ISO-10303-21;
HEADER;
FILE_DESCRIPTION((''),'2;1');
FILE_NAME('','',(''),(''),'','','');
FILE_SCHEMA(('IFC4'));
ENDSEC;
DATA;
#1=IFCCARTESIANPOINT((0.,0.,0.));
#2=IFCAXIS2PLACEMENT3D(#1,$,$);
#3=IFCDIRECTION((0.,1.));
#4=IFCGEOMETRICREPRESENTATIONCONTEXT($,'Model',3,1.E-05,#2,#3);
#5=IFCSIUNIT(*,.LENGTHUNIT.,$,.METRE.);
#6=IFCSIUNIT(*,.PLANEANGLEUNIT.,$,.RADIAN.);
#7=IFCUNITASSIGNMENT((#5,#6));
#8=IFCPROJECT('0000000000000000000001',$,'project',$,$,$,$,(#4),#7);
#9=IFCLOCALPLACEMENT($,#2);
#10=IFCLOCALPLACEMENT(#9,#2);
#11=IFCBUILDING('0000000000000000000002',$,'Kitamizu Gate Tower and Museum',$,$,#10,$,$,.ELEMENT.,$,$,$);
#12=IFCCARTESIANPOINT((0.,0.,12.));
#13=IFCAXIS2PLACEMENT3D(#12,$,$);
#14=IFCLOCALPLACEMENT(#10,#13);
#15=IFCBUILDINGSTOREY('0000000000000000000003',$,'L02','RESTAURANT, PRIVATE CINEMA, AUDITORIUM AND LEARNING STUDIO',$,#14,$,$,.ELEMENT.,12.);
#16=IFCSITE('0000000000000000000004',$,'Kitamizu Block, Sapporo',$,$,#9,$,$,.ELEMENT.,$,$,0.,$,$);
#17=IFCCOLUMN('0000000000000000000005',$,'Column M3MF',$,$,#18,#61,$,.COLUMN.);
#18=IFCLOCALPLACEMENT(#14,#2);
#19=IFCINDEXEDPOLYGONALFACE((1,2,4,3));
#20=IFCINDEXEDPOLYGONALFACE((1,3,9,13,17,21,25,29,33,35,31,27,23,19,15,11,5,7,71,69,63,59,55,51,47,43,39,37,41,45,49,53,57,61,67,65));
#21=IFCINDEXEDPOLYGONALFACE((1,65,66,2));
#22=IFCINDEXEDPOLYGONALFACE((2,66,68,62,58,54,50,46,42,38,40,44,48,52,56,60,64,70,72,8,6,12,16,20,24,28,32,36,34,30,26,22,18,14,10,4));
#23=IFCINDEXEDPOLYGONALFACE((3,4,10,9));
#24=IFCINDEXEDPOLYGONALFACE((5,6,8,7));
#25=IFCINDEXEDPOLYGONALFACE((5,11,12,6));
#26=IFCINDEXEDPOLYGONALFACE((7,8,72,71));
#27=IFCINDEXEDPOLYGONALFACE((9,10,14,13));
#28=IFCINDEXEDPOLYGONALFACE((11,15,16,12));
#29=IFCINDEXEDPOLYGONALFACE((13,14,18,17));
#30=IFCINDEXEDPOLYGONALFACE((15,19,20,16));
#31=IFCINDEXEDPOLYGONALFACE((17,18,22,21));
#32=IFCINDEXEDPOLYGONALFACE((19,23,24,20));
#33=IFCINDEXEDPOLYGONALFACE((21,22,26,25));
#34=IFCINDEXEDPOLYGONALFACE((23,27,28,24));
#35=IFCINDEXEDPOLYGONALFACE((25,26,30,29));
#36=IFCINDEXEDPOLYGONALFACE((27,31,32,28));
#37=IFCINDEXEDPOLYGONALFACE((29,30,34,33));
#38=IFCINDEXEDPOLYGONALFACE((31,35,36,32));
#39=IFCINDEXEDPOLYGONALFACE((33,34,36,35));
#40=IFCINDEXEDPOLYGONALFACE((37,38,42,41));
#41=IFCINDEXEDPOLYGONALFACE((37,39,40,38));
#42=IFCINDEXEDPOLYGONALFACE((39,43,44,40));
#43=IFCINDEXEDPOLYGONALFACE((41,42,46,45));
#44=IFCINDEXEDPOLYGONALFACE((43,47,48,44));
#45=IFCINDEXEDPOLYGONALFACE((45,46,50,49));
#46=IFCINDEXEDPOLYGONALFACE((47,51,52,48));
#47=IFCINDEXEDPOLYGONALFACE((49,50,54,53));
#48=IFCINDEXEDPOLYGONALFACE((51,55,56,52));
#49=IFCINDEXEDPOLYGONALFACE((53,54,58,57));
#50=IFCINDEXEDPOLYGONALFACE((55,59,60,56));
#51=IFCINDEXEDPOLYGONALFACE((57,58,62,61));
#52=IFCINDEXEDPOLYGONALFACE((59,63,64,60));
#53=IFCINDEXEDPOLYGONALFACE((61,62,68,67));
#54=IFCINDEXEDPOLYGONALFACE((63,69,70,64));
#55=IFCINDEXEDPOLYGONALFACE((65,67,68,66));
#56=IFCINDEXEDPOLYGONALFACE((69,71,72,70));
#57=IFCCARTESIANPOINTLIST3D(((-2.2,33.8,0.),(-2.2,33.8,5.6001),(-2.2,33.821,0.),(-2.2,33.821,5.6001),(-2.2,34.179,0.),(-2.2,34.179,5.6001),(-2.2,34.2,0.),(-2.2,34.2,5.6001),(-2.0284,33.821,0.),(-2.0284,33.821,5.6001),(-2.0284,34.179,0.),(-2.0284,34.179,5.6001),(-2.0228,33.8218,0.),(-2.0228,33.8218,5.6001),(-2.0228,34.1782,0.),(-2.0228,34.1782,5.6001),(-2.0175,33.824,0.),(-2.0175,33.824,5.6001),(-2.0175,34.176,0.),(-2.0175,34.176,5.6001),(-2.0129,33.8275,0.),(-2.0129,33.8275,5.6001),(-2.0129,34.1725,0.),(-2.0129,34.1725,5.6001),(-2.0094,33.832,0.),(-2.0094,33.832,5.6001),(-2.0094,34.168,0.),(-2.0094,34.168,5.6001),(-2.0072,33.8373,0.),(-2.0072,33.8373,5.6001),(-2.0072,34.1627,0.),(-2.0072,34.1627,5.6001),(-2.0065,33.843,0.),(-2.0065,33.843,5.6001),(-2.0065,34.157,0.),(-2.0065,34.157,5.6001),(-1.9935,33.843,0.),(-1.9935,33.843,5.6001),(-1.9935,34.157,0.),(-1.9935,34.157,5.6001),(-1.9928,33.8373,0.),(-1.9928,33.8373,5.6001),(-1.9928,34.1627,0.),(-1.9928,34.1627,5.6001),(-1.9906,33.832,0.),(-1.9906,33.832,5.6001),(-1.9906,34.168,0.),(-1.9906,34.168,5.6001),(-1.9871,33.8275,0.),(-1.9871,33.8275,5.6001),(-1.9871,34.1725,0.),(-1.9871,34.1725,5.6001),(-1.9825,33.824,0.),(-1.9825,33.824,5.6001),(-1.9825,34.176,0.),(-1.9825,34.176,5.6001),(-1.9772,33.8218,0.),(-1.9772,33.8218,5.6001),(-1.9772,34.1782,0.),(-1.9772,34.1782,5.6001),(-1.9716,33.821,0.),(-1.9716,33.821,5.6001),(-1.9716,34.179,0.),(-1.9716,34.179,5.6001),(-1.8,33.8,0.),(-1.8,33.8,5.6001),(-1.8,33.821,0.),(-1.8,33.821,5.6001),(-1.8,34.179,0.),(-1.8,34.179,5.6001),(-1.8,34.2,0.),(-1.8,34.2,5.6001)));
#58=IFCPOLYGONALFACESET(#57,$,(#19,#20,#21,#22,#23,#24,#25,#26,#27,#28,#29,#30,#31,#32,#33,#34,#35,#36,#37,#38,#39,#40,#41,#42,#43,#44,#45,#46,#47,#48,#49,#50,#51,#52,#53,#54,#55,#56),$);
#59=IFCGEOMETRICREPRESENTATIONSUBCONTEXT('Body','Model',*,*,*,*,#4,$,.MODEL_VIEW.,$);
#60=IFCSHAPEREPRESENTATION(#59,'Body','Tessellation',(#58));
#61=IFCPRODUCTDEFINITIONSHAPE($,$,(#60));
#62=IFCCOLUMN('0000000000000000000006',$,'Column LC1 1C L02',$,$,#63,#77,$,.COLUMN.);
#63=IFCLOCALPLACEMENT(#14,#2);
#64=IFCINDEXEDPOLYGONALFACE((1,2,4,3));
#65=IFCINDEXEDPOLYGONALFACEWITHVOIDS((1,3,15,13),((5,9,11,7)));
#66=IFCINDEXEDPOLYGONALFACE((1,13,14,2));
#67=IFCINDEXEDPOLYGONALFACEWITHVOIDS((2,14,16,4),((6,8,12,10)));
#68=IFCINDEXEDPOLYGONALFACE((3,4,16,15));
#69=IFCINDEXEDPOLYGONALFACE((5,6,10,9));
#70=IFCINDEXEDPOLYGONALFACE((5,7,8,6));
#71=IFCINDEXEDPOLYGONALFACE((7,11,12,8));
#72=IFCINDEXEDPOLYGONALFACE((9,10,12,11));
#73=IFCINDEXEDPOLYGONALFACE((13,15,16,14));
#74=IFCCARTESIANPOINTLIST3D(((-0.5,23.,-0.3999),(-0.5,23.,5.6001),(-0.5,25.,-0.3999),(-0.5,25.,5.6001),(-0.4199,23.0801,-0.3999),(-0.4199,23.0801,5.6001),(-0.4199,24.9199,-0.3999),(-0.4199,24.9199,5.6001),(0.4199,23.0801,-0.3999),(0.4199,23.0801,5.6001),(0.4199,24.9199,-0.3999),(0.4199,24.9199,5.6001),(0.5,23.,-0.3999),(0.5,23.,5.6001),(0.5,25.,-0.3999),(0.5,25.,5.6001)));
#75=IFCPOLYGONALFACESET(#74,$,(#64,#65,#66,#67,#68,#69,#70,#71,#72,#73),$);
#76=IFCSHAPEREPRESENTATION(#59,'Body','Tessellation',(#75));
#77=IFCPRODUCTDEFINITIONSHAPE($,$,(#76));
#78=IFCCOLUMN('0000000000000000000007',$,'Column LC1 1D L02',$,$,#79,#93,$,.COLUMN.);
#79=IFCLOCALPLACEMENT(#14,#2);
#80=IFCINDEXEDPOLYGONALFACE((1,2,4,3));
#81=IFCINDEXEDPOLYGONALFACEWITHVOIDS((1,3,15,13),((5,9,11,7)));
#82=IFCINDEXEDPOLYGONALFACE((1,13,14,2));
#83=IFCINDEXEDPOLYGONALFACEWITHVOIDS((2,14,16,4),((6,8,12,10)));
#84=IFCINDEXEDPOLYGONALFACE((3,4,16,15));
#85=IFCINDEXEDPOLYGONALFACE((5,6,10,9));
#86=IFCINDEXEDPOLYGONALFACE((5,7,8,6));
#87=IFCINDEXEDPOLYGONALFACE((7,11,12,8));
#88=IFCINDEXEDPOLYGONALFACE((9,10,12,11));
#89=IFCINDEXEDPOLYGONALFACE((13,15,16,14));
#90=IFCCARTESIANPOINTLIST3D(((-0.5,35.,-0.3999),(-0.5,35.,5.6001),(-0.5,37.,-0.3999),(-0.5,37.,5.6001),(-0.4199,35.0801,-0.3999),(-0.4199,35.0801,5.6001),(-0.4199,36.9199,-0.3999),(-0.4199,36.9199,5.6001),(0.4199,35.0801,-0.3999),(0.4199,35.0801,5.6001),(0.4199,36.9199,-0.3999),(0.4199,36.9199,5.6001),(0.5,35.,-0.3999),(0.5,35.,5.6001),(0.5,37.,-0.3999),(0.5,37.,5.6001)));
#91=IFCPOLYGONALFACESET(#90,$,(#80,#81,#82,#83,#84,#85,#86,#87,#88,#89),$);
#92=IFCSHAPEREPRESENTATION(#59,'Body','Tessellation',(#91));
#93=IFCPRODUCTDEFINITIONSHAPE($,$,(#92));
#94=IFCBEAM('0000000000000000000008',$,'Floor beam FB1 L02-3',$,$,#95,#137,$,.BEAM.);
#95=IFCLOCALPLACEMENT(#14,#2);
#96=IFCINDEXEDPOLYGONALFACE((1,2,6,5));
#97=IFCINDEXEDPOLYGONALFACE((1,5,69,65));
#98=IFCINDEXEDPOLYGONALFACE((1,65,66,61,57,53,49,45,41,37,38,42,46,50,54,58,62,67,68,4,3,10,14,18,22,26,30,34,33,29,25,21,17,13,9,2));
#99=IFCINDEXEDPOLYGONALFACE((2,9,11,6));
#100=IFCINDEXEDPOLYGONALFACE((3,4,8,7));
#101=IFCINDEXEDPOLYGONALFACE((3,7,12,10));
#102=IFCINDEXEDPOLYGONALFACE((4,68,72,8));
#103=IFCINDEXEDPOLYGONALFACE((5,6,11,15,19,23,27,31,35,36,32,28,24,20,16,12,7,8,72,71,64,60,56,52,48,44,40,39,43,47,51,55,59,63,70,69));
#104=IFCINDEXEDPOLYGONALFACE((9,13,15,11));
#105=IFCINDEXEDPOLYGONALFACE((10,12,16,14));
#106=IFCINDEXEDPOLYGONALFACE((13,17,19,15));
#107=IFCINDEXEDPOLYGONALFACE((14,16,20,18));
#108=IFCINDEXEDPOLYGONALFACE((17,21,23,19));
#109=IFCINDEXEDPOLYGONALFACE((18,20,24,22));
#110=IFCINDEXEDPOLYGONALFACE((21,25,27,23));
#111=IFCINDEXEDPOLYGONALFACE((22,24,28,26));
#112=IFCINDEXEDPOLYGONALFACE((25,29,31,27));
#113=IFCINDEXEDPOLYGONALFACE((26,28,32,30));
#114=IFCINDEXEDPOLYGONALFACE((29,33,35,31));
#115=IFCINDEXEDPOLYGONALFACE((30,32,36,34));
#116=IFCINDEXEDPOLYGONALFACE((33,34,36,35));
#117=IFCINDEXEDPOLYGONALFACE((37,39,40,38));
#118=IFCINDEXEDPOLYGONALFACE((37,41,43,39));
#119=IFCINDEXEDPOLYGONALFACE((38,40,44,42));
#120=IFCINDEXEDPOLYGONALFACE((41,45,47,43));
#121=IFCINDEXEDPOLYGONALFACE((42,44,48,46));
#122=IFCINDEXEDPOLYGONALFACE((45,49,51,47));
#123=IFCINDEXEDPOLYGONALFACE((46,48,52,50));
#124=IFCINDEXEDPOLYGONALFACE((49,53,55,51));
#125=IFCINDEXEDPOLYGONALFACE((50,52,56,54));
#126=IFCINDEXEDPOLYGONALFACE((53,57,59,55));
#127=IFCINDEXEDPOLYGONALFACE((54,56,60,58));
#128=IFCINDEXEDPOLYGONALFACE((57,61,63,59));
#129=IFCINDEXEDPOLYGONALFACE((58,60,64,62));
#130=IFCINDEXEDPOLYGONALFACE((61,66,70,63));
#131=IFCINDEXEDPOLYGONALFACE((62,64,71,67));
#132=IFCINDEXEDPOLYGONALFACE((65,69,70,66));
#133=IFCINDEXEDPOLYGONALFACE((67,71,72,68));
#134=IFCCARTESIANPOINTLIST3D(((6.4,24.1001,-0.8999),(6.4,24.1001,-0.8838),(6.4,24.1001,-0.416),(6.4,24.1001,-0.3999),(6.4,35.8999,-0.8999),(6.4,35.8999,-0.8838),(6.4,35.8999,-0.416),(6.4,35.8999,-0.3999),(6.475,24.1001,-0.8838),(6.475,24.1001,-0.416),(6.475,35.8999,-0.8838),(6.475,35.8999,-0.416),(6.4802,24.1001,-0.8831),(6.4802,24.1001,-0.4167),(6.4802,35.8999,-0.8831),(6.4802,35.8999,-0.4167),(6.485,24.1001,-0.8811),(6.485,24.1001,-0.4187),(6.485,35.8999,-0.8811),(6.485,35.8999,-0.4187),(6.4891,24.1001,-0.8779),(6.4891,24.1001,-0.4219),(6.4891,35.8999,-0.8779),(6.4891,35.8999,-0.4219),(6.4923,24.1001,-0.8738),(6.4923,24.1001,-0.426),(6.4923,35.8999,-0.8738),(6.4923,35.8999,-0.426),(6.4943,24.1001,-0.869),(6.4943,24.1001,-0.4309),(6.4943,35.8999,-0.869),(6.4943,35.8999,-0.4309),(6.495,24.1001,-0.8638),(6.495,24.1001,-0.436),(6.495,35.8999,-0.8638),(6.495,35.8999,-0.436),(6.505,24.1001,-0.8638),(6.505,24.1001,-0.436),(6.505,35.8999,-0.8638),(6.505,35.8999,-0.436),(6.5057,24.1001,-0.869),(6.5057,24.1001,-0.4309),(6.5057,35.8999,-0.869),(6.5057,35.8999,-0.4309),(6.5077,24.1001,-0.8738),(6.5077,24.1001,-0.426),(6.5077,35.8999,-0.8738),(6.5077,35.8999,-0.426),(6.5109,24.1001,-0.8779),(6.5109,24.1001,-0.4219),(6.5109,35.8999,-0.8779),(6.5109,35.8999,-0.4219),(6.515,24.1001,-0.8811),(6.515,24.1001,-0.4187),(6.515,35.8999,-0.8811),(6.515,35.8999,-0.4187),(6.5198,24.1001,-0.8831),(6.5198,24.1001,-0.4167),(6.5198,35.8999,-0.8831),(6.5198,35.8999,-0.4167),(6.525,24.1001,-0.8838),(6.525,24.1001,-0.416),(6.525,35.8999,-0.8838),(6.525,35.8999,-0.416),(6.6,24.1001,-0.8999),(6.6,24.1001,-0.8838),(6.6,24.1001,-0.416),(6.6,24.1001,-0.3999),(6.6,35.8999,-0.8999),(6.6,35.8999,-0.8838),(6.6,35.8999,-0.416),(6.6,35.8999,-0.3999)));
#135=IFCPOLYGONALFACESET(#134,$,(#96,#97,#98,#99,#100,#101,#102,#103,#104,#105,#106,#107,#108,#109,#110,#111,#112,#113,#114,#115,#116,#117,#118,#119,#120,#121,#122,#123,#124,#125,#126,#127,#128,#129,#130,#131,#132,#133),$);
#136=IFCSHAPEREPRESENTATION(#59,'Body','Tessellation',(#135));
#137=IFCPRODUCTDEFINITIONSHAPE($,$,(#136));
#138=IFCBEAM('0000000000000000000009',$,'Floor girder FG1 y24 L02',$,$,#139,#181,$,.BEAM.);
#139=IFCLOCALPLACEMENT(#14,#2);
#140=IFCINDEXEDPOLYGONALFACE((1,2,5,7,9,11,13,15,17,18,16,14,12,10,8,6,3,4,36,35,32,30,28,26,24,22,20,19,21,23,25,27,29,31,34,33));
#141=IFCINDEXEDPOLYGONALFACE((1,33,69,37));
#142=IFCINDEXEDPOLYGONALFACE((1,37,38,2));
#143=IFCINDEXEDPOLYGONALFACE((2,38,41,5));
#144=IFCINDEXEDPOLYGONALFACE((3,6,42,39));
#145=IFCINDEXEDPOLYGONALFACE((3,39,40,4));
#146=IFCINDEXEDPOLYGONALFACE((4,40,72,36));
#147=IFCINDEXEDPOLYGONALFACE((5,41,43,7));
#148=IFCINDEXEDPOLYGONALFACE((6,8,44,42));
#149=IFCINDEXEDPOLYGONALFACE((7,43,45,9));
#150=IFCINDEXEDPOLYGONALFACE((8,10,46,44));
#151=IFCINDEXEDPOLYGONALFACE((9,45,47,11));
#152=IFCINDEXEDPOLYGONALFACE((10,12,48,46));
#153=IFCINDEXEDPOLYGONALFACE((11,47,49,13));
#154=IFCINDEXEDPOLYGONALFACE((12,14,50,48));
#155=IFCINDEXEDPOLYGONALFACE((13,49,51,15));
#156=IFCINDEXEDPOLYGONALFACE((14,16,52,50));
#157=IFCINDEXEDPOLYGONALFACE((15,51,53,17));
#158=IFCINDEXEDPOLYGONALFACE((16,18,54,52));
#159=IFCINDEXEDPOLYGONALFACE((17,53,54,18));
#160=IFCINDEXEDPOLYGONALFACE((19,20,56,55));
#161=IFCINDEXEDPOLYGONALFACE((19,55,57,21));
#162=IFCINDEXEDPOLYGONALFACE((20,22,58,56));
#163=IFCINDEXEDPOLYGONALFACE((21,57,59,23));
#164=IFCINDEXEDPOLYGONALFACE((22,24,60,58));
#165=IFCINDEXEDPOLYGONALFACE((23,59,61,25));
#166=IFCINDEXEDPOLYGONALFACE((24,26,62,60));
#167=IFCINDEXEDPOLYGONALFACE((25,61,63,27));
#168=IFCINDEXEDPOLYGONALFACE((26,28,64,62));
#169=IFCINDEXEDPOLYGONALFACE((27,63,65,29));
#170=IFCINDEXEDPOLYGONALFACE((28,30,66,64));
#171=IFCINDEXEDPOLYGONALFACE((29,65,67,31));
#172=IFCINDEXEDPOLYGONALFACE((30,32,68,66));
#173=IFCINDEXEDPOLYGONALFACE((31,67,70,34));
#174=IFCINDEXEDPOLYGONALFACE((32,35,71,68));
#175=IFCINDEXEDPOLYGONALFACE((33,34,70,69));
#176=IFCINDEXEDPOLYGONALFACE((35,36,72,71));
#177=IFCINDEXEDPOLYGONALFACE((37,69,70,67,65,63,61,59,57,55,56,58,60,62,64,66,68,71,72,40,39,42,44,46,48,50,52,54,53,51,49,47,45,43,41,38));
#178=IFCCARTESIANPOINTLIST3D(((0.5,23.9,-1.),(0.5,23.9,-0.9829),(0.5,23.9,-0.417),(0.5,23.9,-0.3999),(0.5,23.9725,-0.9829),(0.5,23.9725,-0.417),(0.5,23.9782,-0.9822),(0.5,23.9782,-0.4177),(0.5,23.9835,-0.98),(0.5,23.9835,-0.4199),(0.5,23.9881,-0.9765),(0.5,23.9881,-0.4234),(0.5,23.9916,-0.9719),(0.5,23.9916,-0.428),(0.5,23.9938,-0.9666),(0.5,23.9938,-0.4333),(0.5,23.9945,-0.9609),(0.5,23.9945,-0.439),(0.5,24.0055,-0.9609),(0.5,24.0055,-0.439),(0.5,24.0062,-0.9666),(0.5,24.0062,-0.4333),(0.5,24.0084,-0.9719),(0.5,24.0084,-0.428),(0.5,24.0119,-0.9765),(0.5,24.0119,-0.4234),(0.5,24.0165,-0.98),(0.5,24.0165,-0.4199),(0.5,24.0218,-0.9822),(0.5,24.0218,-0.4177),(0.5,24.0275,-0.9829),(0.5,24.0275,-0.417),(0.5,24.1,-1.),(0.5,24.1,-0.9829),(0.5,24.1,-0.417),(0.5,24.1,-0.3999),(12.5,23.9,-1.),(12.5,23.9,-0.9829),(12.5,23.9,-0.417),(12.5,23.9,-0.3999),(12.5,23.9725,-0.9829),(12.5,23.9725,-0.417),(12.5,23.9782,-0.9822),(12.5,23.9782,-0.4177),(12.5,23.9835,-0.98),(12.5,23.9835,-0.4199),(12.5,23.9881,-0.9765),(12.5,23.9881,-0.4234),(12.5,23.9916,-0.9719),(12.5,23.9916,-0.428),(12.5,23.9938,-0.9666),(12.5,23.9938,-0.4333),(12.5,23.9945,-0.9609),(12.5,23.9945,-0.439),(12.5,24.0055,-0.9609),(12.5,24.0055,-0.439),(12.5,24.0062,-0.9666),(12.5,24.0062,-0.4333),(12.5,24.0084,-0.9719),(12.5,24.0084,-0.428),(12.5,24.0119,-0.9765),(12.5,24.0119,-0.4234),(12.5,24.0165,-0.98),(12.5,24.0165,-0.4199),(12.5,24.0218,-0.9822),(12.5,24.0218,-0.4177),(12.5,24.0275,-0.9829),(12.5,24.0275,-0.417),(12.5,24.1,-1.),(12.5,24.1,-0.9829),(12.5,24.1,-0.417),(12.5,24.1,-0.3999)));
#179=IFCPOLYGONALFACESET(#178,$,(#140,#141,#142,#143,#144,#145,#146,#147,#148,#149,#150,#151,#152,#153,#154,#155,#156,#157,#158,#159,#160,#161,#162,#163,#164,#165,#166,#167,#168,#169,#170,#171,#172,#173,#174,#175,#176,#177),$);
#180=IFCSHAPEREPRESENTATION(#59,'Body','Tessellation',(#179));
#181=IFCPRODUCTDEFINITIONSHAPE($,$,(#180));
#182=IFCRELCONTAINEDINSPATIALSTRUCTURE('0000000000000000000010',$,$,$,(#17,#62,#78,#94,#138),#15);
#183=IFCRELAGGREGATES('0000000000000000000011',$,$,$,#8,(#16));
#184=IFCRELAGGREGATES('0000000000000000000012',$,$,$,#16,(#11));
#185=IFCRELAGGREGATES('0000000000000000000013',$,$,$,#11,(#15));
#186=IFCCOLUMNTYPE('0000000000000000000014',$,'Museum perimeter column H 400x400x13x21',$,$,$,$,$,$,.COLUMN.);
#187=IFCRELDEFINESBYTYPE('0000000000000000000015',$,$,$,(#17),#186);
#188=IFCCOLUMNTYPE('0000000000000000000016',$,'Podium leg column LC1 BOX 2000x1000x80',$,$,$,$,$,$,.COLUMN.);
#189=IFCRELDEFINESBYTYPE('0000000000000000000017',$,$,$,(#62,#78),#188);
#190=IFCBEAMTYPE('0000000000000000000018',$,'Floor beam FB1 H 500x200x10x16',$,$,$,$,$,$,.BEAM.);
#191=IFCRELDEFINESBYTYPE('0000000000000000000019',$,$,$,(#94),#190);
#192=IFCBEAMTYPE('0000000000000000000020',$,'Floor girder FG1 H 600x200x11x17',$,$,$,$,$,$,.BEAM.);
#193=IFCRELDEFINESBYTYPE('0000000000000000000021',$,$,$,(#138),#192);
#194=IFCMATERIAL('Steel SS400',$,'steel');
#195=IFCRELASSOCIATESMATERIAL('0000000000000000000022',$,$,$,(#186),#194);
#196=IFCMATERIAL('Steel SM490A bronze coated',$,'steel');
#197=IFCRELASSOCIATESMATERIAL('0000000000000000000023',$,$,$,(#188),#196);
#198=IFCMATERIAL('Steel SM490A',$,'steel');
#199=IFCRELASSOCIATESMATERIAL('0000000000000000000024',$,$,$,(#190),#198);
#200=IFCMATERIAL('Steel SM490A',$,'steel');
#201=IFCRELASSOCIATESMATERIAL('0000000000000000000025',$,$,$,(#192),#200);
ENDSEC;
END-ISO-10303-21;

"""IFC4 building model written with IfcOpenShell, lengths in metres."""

from ifc_helpers import new_model, si_unit, direction, frame, origin, origin_2d, place, context, subcontext, project, spatial, hollow_rectangle, i_section, extrude, material, material_profile, profile_set, type_object, element, save


model = new_model("IFC4")

# Units and contexts
model_context = context("Model", 3, precision=1e-05, world=origin(), true_north=direction((0.0, 1.0)))
body_context = subcontext(model_context, "Body", "Model", "MODEL_VIEW")
ifc_project = project(units=[si_unit("LENGTHUNIT", "METRE"), si_unit("PLANEANGLEUNIT", "RADIAN")], contexts=[model_context])

# Site, building, storey
site_placement = place(None, origin())
site = spatial("IfcSite", under=ifc_project, at=site_placement, Name="Kitamizu Block, Sapporo", CompositionType="ELEMENT", RefElevation=0.0)
building_placement = place(site_placement, origin())
building = spatial("IfcBuilding", under=site, at=building_placement, Name="Kitamizu Gate Tower and Museum", CompositionType="ELEMENT")
storey_placement = place(building_placement, frame((0.0, 0.0, 12.0)))
storey = spatial("IfcBuildingStorey", under=building, at=storey_placement, Name="L02", Description="RESTAURANT, PRIVATE CINEMA, AUDITORIUM AND LEARNING STUDIO", CompositionType="ELEMENT", Elevation=12.0)

# Columns
ifc_material_1 = material(Name="Steel SS400", Category="steel")
ifc_material_profile_1 = material_profile(ifc_material_1, i_section(OverallWidth=0.3999, OverallDepth=0.3999, WebThickness=0.0129, FlangeThickness=0.021, FilletRadius=0.022, at=origin_2d()), Name="H-400x400x13x21")
ifc_profile_set_1 = profile_set([ifc_material_profile_1], Name="Steel SS400")
column_type_1 = type_object("IfcColumnType", Name="Museum perimeter column H 400x400x13x21", PredefinedType="COLUMN", material=ifc_profile_set_1)
column_placement = place(storey_placement, frame((-2.0, 34.0, 0.0), z_axis=(0.0, 0.0, 1.0), x_axis=(1.0, 0.0, 0.0)))
element("IfcColumn", 1, at=column_placement, inside=storey, type_object=column_type_1, Name="Column M3MF", PredefinedType="COLUMN", context=body_context, shape_type="SweptSolid", body=[
    extrude(i_section(OverallWidth=0.3999, OverallDepth=0.3999, WebThickness=0.0129, FlangeThickness=0.021, FilletRadius=0.022, at=origin_2d()), origin(), (0.0, 0.0, 1.0), 5.6001),
])
ifc_material_2 = material(Name="Steel SM490A bronze coated", Category="steel")
ifc_material_profile_2 = material_profile(ifc_material_2, hollow_rectangle(XDim=2.0, YDim=1.0, WallThickness=0.0801, at=origin_2d()), Name="BOX 2000x1000x80")
ifc_profile_set_2 = profile_set([ifc_material_profile_2], Name="Steel SM490A bronze coated")
column_type_2 = type_object("IfcColumnType", Name="Podium leg column LC1 BOX 2000x1000x80", PredefinedType="COLUMN", material=ifc_profile_set_2)
for number, where, z_axis, x_axis, name in (
    (2, (0.0, 24.0, -0.3999), (0.0, 0.0, 1.0), (0.0, 1.0, 0.0), "Column LC1 1C L02"),
    (3, (0.0, 36.0, -0.3999), (0.0, 0.0, 1.0), (0.0, 1.0, 0.0), "Column LC1 1D L02"),
):
    element("IfcColumn", number, at=place(storey_placement, frame(where, z_axis=z_axis, x_axis=x_axis)), inside=storey, type_object=column_type_2, Name=name, PredefinedType="COLUMN", context=body_context, shape_type="SweptSolid", body=[
        extrude(hollow_rectangle(XDim=2.0, YDim=1.0, WallThickness=0.0801, at=origin_2d()), origin(), (0.0, 0.0, 1.0), 6.0),
    ])

# Beams
ifc_material_3 = material(Name="Steel SM490A", Category="steel")
ifc_material_profile_3 = material_profile(ifc_material_3, i_section(OverallWidth=0.2, OverallDepth=0.5, WebThickness=0.01, FlangeThickness=0.0161, FilletRadius=0.02, at=origin_2d()), Name="H-500x200x10x16")
ifc_profile_set_3 = profile_set([ifc_material_profile_3], Name="Steel SM490A")
beam_type_1 = type_object("IfcBeamType", Name="Floor beam FB1 H 500x200x10x16", PredefinedType="BEAM", material=ifc_profile_set_3)
beam_1_placement = place(storey_placement, frame((6.5, 24.1001, -0.6499), z_axis=(0.0, 1.0, 0.0), x_axis=(-1.0, 0.0, 0.0)))
element("IfcBeam", 4, at=beam_1_placement, inside=storey, type_object=beam_type_1, Name="Floor beam FB1 L02-3", PredefinedType="BEAM", context=body_context, shape_type="SweptSolid", body=[
    extrude(i_section(OverallWidth=0.2, OverallDepth=0.5, WebThickness=0.01, FlangeThickness=0.0161, FilletRadius=0.02, at=origin_2d()), origin(), (0.0, 0.0, 1.0), 11.7998),
])
ifc_material_4 = material(Name="Steel SM490A", Category="steel")
ifc_material_profile_4 = material_profile(ifc_material_4, i_section(OverallWidth=0.2, OverallDepth=0.6001, WebThickness=0.011, FlangeThickness=0.0171, FilletRadius=0.022, at=origin_2d()), Name="H-600x200x11x17")
ifc_profile_set_4 = profile_set([ifc_material_profile_4], Name="Steel SM490A")
beam_type_2 = type_object("IfcBeamType", Name="Floor girder FG1 H 600x200x11x17", PredefinedType="BEAM", material=ifc_profile_set_4)
beam_2_placement = place(storey_placement, frame((0.5, 24.0, -0.7), z_axis=(1.0, 0.0, 0.0), x_axis=(0.0, 1.0, 0.0)))
element("IfcBeam", 5, at=beam_2_placement, inside=storey, type_object=beam_type_2, Name="Floor girder FG1 y24 L02", PredefinedType="BEAM", context=body_context, shape_type="SweptSolid", body=[
    extrude(i_section(OverallWidth=0.2, OverallDepth=0.6001, WebThickness=0.011, FlangeThickness=0.0171, FilletRadius=0.022, at=origin_2d()), origin(), (0.0, 0.0, 1.0), 12.0),
])

save(model, "model.ifc")
